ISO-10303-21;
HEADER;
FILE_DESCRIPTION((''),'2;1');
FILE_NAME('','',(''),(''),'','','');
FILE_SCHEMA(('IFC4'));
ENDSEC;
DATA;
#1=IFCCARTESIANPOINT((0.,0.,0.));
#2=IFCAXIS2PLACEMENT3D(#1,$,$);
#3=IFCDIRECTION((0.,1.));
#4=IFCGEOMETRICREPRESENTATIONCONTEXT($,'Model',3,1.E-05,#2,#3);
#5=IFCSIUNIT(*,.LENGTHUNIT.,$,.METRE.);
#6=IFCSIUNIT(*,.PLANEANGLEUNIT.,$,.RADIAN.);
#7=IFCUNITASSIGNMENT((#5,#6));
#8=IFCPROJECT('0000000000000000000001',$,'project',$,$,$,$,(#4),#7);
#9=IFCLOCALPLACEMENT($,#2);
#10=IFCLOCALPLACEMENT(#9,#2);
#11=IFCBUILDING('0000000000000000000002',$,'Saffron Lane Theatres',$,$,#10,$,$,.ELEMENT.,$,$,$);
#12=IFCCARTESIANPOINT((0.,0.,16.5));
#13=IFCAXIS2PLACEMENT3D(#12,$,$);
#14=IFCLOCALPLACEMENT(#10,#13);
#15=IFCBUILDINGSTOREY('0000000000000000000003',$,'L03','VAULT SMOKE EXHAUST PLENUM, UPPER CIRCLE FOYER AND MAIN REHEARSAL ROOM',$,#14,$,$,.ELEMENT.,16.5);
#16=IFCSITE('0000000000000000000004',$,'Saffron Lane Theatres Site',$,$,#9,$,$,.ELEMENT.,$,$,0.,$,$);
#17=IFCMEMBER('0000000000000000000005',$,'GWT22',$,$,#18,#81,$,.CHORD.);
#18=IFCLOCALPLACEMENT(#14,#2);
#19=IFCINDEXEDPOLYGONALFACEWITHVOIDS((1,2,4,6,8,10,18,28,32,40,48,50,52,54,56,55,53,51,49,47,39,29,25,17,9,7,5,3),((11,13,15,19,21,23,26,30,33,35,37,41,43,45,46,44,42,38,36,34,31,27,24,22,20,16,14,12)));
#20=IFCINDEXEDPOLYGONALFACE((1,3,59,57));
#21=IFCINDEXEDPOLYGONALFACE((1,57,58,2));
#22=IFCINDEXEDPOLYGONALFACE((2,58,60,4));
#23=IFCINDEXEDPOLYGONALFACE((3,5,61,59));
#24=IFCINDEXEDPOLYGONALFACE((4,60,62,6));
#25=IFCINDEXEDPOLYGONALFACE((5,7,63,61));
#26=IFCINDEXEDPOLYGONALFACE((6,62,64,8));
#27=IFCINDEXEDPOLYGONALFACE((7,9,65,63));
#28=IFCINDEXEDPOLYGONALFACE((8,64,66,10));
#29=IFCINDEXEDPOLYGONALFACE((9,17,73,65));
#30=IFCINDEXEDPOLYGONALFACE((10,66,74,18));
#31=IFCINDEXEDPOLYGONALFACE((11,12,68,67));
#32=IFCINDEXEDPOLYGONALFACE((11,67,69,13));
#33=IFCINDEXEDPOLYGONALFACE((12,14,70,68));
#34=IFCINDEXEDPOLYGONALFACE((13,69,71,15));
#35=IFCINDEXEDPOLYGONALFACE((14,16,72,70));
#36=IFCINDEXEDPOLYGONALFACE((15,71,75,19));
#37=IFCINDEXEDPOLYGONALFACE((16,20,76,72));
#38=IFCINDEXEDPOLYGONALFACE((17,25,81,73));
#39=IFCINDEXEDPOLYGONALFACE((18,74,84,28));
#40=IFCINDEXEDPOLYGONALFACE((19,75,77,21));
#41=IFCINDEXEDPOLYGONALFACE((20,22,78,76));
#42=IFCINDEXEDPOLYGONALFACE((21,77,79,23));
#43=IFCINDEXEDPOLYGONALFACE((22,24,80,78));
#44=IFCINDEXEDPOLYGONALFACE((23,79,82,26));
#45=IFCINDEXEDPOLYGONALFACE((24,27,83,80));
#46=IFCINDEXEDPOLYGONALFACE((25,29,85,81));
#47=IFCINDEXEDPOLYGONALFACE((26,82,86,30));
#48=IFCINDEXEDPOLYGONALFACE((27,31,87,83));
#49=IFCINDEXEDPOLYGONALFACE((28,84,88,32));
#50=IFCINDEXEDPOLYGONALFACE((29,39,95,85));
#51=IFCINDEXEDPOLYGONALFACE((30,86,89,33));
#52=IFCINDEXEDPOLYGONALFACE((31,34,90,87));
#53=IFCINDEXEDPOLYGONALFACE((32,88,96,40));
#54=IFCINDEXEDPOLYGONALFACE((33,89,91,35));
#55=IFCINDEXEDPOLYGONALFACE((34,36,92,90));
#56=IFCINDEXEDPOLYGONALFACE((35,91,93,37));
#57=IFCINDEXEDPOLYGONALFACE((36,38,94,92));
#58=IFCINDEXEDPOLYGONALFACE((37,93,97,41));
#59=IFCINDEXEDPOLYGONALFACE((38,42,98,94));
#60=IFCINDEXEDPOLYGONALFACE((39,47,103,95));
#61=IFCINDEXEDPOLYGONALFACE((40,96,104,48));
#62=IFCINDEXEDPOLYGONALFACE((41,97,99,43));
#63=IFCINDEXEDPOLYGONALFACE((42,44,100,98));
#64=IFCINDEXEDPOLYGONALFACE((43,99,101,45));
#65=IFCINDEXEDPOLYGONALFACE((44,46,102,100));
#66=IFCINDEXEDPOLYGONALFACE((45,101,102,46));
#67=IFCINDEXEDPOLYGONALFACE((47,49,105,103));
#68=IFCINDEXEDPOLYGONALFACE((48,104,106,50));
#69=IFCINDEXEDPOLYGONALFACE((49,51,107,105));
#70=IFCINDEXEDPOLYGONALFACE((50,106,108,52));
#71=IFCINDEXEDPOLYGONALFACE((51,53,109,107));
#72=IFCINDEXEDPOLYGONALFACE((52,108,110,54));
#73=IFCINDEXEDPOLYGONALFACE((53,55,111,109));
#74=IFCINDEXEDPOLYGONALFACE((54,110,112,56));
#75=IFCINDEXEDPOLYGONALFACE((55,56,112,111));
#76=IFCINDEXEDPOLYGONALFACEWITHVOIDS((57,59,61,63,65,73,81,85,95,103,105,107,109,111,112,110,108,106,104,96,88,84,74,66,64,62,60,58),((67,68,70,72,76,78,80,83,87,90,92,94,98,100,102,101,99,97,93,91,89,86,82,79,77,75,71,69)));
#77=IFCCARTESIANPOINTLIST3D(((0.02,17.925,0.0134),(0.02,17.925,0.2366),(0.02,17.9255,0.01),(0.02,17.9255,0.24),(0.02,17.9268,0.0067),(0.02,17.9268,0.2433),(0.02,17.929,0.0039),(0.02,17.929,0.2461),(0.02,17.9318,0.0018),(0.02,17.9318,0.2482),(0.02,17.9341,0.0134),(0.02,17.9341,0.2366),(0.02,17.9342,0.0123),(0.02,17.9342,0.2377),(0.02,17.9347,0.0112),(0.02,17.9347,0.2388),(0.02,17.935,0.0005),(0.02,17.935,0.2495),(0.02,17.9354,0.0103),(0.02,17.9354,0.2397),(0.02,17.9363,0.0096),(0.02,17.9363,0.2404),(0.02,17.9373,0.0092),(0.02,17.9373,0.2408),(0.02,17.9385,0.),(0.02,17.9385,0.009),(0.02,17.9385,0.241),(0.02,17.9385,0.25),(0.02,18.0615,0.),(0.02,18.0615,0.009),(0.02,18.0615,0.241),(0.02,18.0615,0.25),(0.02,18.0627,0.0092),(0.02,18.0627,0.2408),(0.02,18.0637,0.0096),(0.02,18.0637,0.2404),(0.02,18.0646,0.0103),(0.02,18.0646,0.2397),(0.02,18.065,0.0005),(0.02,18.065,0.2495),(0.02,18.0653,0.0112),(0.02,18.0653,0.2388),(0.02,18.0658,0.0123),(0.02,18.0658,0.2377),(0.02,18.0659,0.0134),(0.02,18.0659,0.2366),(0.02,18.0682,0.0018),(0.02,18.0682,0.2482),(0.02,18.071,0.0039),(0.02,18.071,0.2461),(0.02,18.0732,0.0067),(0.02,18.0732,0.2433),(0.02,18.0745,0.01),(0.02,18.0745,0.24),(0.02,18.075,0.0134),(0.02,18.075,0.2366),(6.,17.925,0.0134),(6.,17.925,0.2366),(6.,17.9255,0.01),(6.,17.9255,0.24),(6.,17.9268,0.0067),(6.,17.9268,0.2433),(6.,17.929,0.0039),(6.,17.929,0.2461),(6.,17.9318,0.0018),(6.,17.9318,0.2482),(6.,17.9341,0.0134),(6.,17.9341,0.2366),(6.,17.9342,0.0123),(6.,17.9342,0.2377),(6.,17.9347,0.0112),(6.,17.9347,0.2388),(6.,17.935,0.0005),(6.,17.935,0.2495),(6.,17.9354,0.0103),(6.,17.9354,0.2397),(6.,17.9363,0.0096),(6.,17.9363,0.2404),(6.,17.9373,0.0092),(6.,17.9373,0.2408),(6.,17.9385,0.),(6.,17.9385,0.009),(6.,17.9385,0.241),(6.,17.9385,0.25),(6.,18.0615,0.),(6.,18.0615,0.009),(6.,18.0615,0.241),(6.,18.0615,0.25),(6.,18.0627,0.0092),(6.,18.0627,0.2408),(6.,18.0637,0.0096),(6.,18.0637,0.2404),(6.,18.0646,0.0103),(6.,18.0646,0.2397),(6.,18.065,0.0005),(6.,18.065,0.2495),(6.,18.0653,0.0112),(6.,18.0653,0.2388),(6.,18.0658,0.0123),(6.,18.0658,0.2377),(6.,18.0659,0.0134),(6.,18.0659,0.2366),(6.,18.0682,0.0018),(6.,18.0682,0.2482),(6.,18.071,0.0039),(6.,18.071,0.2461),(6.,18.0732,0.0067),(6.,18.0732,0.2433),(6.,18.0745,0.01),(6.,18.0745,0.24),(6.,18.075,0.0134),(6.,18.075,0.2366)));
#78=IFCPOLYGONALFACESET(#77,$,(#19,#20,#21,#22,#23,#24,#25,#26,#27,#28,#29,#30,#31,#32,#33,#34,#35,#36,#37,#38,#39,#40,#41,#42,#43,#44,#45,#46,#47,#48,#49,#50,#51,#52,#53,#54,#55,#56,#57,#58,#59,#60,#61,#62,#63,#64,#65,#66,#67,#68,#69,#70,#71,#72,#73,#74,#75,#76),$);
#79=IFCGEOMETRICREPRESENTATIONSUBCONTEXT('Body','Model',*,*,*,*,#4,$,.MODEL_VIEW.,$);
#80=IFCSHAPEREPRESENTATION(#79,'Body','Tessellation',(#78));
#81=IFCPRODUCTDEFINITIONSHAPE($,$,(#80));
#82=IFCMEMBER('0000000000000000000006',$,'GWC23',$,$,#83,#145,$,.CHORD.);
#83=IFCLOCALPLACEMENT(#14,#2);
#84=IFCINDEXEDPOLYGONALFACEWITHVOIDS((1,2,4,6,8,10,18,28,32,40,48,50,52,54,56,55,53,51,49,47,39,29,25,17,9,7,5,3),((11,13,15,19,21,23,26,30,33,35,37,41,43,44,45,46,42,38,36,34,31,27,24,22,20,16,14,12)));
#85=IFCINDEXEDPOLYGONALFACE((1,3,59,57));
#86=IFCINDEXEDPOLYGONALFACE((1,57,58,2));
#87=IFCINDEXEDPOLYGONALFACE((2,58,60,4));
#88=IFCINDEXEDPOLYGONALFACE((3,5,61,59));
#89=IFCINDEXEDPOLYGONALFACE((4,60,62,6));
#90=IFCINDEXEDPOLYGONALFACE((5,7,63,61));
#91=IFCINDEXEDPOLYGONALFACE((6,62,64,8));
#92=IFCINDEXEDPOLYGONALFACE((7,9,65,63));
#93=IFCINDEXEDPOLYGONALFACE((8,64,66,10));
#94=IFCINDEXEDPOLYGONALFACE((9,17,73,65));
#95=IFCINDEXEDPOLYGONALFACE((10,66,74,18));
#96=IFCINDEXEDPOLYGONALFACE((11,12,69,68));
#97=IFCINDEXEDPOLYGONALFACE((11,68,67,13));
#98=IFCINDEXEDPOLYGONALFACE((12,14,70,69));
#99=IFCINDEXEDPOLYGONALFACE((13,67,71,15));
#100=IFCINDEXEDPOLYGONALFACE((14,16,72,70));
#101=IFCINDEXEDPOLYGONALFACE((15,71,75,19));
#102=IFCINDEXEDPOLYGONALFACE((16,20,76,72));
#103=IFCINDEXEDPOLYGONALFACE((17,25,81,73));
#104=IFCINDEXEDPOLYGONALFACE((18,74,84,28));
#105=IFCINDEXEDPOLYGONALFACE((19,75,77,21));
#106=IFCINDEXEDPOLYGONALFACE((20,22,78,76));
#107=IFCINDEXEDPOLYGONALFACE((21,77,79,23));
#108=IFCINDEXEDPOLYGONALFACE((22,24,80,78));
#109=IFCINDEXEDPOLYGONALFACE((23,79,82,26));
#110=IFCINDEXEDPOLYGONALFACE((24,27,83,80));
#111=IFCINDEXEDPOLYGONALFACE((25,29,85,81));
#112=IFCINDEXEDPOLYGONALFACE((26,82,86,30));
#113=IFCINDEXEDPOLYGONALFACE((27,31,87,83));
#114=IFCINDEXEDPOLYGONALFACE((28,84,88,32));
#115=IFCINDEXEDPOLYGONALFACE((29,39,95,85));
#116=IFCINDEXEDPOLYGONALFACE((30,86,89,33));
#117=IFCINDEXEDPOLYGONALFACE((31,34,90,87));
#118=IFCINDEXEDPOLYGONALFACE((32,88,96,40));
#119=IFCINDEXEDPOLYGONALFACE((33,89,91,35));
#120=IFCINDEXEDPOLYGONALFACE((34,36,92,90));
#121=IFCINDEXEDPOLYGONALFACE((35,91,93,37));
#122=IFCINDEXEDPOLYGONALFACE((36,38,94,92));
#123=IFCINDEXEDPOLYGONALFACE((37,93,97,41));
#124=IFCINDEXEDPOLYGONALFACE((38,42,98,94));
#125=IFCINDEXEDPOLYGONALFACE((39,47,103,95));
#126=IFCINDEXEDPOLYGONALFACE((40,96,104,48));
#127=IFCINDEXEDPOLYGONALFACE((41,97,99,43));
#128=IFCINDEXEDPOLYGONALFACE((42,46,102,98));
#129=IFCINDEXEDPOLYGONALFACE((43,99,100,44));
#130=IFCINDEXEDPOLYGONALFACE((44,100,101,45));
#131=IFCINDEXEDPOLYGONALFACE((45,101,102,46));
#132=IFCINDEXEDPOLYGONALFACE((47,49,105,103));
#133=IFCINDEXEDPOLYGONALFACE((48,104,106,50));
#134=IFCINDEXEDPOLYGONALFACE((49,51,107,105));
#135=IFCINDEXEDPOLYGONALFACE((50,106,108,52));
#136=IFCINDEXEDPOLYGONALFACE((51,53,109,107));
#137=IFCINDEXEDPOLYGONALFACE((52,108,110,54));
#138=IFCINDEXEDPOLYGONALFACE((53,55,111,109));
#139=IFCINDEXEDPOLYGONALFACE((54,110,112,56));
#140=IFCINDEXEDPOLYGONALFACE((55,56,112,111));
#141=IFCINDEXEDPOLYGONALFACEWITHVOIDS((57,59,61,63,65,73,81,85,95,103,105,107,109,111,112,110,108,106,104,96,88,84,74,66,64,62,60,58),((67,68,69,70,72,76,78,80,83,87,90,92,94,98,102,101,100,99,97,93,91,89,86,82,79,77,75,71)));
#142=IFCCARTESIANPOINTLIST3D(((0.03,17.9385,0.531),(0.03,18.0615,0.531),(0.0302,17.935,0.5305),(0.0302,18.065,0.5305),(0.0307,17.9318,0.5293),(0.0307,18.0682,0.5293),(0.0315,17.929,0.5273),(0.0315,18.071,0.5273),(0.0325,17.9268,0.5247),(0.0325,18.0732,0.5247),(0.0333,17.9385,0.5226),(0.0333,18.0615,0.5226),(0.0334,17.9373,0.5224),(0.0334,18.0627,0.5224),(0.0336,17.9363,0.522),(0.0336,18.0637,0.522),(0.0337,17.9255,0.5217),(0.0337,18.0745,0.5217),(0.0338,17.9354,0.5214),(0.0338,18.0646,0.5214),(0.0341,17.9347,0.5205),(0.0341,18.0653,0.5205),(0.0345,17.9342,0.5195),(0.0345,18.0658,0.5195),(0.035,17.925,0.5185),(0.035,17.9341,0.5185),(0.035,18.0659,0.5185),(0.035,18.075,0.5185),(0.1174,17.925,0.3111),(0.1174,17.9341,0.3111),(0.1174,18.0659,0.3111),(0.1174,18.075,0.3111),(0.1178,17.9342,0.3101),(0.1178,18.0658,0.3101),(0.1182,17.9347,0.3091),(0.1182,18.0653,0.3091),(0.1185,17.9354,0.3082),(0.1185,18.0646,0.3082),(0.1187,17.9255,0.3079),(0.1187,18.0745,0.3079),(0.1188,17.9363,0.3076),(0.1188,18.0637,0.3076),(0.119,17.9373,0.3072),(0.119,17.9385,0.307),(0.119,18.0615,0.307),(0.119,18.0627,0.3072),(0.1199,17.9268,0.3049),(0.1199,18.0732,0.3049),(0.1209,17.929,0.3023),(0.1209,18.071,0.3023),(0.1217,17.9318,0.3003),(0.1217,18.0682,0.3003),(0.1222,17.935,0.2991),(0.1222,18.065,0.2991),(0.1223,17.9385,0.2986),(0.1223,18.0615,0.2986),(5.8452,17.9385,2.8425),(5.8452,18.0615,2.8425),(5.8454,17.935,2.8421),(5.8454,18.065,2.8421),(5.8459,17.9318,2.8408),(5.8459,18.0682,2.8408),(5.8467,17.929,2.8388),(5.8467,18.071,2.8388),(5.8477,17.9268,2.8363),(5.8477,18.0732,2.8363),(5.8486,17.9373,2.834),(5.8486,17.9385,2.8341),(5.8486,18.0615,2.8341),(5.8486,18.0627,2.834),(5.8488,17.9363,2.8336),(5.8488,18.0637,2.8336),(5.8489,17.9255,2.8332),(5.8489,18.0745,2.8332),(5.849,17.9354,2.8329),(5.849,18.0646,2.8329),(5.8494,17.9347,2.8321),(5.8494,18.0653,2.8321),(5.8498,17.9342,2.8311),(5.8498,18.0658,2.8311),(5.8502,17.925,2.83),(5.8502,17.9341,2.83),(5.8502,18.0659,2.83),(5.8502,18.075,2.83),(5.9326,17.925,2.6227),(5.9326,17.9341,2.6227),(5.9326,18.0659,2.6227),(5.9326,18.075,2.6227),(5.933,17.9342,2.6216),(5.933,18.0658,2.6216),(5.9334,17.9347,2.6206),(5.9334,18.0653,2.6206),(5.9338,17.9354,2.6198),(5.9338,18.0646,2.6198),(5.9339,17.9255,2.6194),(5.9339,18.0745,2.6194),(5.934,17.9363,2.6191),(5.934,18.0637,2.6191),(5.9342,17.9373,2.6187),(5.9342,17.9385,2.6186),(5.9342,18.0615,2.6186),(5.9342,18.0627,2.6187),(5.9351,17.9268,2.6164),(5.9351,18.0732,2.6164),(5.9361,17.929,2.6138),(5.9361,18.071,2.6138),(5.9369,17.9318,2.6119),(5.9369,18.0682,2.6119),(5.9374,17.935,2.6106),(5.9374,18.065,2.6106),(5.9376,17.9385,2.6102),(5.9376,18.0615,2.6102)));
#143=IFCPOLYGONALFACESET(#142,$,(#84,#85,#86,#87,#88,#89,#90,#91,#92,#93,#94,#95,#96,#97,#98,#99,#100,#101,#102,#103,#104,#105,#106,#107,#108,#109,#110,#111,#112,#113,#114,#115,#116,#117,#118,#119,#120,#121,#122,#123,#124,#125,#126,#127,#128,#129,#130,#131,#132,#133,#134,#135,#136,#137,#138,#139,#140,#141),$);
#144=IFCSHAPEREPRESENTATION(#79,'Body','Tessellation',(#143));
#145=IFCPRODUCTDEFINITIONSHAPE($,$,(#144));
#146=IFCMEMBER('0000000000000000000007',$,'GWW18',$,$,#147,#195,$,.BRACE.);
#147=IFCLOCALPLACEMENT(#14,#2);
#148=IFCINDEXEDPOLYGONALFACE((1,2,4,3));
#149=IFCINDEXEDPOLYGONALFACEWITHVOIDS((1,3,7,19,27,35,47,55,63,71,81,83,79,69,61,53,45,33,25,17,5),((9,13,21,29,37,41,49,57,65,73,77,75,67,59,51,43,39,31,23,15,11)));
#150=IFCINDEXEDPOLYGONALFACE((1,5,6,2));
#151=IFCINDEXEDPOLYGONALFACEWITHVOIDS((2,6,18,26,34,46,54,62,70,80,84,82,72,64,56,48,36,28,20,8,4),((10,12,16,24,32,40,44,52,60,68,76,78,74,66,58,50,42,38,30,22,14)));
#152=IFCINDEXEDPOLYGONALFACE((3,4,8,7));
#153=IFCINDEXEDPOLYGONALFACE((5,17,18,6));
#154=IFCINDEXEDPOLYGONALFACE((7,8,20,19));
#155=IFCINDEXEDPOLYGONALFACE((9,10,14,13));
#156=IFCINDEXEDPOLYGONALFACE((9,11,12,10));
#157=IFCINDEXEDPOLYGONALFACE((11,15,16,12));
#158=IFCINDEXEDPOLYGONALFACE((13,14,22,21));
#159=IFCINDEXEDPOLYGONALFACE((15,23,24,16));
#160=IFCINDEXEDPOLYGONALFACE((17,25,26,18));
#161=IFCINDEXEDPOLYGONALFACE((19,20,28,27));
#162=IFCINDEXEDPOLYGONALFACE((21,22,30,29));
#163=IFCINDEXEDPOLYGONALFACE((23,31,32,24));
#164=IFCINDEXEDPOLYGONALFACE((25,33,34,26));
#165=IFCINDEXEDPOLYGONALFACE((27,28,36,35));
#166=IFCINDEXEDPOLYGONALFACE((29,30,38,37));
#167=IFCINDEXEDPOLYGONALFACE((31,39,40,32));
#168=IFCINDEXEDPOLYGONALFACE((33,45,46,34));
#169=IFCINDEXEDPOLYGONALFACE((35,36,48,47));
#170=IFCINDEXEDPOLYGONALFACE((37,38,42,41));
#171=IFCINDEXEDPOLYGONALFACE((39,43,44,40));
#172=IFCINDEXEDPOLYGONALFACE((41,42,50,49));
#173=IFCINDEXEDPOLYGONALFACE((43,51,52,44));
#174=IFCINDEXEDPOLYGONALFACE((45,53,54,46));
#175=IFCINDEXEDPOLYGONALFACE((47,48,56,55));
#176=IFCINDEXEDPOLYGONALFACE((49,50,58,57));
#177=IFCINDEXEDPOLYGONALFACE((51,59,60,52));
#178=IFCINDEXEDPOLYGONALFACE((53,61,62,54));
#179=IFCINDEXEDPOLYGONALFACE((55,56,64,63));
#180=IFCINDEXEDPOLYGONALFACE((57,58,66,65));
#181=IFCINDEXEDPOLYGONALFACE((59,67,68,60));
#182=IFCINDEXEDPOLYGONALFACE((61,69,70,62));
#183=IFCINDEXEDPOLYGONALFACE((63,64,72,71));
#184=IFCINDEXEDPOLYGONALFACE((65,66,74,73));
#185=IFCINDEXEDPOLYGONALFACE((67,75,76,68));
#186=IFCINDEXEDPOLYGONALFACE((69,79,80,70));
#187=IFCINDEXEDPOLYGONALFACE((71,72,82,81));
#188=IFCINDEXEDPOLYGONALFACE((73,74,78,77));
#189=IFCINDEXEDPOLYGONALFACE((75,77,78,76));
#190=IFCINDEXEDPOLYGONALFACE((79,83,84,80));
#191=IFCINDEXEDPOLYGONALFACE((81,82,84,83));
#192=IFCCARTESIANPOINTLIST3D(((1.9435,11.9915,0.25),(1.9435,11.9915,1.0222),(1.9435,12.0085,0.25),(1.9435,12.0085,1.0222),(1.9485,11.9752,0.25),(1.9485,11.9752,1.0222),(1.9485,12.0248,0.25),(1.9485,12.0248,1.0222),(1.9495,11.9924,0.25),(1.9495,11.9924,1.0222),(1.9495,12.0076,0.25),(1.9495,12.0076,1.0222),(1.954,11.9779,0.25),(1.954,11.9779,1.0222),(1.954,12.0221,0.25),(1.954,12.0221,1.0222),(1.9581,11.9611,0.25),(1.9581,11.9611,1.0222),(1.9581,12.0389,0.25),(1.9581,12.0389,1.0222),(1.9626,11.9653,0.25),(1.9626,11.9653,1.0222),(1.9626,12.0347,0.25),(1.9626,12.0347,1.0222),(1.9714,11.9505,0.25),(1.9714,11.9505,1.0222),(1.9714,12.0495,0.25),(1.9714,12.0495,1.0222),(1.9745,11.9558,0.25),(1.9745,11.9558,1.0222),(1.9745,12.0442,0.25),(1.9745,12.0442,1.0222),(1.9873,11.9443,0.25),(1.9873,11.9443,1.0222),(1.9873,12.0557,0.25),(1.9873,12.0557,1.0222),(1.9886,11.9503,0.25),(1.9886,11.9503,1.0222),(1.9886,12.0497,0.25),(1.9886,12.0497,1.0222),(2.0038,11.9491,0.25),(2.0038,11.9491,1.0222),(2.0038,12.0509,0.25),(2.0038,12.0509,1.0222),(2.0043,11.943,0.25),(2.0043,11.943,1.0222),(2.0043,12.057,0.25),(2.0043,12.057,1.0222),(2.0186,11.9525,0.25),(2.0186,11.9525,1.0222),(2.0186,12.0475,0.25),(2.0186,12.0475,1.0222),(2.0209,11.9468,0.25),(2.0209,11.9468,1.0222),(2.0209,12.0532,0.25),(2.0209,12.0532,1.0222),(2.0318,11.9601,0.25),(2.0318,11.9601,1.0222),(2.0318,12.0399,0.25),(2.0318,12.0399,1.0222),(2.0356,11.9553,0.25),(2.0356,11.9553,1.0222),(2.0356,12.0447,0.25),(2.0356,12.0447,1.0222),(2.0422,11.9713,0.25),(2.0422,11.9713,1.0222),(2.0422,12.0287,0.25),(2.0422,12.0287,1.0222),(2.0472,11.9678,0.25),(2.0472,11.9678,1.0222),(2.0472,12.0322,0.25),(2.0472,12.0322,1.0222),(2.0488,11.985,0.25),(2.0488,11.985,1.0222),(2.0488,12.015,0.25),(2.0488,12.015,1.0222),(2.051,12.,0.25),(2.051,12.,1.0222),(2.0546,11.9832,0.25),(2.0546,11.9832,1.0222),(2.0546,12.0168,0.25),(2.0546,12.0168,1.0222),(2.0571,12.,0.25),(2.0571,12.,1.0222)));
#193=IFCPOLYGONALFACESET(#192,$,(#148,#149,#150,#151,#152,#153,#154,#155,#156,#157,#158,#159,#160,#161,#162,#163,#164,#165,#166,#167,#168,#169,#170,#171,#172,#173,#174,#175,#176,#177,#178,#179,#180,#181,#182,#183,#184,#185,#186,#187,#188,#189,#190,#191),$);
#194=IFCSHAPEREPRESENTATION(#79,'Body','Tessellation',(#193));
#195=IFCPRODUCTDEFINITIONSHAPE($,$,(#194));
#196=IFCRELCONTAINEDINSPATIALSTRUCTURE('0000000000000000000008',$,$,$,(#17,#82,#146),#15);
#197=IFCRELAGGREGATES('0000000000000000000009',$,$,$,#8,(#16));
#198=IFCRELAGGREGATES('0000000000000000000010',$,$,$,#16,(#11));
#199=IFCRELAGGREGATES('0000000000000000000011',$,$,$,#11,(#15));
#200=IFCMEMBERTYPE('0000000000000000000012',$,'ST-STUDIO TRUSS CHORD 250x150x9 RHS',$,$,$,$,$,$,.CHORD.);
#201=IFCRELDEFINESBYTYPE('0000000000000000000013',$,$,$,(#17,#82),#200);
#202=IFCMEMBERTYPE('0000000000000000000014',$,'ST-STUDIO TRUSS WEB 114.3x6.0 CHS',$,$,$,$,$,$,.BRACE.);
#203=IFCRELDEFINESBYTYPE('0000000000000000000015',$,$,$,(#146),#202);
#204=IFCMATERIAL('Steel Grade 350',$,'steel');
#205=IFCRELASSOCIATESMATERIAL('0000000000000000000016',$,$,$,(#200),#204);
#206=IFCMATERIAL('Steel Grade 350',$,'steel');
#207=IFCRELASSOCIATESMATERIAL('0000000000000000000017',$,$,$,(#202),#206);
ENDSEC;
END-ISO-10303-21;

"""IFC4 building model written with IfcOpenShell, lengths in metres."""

from ifc_helpers import new_model, si_unit, direction, frame, origin, origin_2d, place, context, subcontext, project, spatial, hollow_rectangle, hollow_circle, extrude, material, material_profile, profile_set, type_object, element, save


model = new_model("IFC4")

# Units and contexts
model_context = context("Model", 3, precision=1e-05, world=origin(), true_north=direction((0.0, 1.0)))
body_context = subcontext(model_context, "Body", "Model", "MODEL_VIEW")
ifc_project = project(units=[si_unit("LENGTHUNIT", "METRE"), si_unit("PLANEANGLEUNIT", "RADIAN")], contexts=[model_context])

# Site, building, storey
site_placement = place(None, origin())
site = spatial("IfcSite", under=ifc_project, at=site_placement, Name="Saffron Lane Theatres Site", CompositionType="ELEMENT", RefElevation=0.0)
building_placement = place(site_placement, origin())
building = spatial("IfcBuilding", under=site, at=building_placement, Name="Saffron Lane Theatres", CompositionType="ELEMENT")
storey_placement = place(building_placement, frame((0.0, 0.0, 16.5)))
storey = spatial("IfcBuildingStorey", under=building, at=storey_placement, Name="L03", Description="VAULT SMOKE EXHAUST PLENUM, UPPER CIRCLE FOYER AND MAIN REHEARSAL ROOM", CompositionType="ELEMENT", Elevation=16.5)

# Members
ifc_material_1 = material(Name="Steel Grade 350", Category="steel")
ifc_material_profile_1 = material_profile(ifc_material_1, hollow_rectangle(XDim=0.1499, YDim=0.25, WallThickness=0.009, InnerFilletRadius=0.0044, OuterFilletRadius=0.0134, at=origin_2d()))
ifc_profile_set_1 = profile_set([ifc_material_profile_1], Name="Steel Grade 350")
member_type_1 = type_object("IfcMemberType", Name="ST-STUDIO TRUSS CHORD 250x150x9 RHS", PredefinedType="CHORD", material=ifc_profile_set_1)
member_1_placement = place(storey_placement, frame((0.02, 18.0, 0.125), z_axis=(1.0, 0.0, 0.0), x_axis=(0.0, 1.0, 0.0)))
element("IfcMember", 1, at=member_1_placement, inside=storey, type_object=member_type_1, Name="GWT22", PredefinedType="CHORD", context=body_context, shape_type="SweptSolid", body=[
    extrude(hollow_rectangle(XDim=0.1499, YDim=0.25, WallThickness=0.009, InnerFilletRadius=0.0044, OuterFilletRadius=0.0134, at=origin_2d()), origin(), (0.0, 0.0, 1.0), 5.98),
])
member_2_placement = place(storey_placement, frame((0.0762, 18.0, 0.4148), z_axis=(0.929276, 0.0, 0.369385), x_axis=(0.0, 1.0, 0.0)))
element("IfcMember", 2, at=member_2_placement, inside=storey, type_object=member_type_1, Name="GWC23", PredefinedType="CHORD", context=body_context, shape_type="SweptSolid", body=[
    extrude(hollow_rectangle(XDim=0.1499, YDim=0.25, WallThickness=0.009, InnerFilletRadius=0.0044, OuterFilletRadius=0.0134, at=origin_2d()), origin(), (0.0, 0.0, 1.0), 6.2578),
])
ifc_material_2 = material(Name="Steel Grade 350", Category="steel")
ifc_material_profile_2 = material_profile(ifc_material_2, hollow_circle(Radius=0.0571, WallThickness=0.0061, at=origin_2d()))
ifc_profile_set_2 = profile_set([ifc_material_profile_2], Name="Steel Grade 350")
member_type_2 = type_object("IfcMemberType", Name="ST-STUDIO TRUSS WEB 114.3x6.0 CHS", PredefinedType="BRACE", material=ifc_profile_set_2)
member_3_placement = place(storey_placement, frame((2.0, 12.0, 0.25), z_axis=(0.0, 0.0, 1.0), x_axis=(1.0, 0.0, 0.0)))
element("IfcMember", 3, at=member_3_placement, inside=storey, type_object=member_type_2, Name="GWW18", PredefinedType="BRACE", context=body_context, shape_type="SweptSolid", body=[
    extrude(hollow_circle(Radius=0.0571, WallThickness=0.0061, at=origin_2d()), origin(), (0.0, 0.0, 1.0), 0.7722),
])

save(model, "model.ifc")
